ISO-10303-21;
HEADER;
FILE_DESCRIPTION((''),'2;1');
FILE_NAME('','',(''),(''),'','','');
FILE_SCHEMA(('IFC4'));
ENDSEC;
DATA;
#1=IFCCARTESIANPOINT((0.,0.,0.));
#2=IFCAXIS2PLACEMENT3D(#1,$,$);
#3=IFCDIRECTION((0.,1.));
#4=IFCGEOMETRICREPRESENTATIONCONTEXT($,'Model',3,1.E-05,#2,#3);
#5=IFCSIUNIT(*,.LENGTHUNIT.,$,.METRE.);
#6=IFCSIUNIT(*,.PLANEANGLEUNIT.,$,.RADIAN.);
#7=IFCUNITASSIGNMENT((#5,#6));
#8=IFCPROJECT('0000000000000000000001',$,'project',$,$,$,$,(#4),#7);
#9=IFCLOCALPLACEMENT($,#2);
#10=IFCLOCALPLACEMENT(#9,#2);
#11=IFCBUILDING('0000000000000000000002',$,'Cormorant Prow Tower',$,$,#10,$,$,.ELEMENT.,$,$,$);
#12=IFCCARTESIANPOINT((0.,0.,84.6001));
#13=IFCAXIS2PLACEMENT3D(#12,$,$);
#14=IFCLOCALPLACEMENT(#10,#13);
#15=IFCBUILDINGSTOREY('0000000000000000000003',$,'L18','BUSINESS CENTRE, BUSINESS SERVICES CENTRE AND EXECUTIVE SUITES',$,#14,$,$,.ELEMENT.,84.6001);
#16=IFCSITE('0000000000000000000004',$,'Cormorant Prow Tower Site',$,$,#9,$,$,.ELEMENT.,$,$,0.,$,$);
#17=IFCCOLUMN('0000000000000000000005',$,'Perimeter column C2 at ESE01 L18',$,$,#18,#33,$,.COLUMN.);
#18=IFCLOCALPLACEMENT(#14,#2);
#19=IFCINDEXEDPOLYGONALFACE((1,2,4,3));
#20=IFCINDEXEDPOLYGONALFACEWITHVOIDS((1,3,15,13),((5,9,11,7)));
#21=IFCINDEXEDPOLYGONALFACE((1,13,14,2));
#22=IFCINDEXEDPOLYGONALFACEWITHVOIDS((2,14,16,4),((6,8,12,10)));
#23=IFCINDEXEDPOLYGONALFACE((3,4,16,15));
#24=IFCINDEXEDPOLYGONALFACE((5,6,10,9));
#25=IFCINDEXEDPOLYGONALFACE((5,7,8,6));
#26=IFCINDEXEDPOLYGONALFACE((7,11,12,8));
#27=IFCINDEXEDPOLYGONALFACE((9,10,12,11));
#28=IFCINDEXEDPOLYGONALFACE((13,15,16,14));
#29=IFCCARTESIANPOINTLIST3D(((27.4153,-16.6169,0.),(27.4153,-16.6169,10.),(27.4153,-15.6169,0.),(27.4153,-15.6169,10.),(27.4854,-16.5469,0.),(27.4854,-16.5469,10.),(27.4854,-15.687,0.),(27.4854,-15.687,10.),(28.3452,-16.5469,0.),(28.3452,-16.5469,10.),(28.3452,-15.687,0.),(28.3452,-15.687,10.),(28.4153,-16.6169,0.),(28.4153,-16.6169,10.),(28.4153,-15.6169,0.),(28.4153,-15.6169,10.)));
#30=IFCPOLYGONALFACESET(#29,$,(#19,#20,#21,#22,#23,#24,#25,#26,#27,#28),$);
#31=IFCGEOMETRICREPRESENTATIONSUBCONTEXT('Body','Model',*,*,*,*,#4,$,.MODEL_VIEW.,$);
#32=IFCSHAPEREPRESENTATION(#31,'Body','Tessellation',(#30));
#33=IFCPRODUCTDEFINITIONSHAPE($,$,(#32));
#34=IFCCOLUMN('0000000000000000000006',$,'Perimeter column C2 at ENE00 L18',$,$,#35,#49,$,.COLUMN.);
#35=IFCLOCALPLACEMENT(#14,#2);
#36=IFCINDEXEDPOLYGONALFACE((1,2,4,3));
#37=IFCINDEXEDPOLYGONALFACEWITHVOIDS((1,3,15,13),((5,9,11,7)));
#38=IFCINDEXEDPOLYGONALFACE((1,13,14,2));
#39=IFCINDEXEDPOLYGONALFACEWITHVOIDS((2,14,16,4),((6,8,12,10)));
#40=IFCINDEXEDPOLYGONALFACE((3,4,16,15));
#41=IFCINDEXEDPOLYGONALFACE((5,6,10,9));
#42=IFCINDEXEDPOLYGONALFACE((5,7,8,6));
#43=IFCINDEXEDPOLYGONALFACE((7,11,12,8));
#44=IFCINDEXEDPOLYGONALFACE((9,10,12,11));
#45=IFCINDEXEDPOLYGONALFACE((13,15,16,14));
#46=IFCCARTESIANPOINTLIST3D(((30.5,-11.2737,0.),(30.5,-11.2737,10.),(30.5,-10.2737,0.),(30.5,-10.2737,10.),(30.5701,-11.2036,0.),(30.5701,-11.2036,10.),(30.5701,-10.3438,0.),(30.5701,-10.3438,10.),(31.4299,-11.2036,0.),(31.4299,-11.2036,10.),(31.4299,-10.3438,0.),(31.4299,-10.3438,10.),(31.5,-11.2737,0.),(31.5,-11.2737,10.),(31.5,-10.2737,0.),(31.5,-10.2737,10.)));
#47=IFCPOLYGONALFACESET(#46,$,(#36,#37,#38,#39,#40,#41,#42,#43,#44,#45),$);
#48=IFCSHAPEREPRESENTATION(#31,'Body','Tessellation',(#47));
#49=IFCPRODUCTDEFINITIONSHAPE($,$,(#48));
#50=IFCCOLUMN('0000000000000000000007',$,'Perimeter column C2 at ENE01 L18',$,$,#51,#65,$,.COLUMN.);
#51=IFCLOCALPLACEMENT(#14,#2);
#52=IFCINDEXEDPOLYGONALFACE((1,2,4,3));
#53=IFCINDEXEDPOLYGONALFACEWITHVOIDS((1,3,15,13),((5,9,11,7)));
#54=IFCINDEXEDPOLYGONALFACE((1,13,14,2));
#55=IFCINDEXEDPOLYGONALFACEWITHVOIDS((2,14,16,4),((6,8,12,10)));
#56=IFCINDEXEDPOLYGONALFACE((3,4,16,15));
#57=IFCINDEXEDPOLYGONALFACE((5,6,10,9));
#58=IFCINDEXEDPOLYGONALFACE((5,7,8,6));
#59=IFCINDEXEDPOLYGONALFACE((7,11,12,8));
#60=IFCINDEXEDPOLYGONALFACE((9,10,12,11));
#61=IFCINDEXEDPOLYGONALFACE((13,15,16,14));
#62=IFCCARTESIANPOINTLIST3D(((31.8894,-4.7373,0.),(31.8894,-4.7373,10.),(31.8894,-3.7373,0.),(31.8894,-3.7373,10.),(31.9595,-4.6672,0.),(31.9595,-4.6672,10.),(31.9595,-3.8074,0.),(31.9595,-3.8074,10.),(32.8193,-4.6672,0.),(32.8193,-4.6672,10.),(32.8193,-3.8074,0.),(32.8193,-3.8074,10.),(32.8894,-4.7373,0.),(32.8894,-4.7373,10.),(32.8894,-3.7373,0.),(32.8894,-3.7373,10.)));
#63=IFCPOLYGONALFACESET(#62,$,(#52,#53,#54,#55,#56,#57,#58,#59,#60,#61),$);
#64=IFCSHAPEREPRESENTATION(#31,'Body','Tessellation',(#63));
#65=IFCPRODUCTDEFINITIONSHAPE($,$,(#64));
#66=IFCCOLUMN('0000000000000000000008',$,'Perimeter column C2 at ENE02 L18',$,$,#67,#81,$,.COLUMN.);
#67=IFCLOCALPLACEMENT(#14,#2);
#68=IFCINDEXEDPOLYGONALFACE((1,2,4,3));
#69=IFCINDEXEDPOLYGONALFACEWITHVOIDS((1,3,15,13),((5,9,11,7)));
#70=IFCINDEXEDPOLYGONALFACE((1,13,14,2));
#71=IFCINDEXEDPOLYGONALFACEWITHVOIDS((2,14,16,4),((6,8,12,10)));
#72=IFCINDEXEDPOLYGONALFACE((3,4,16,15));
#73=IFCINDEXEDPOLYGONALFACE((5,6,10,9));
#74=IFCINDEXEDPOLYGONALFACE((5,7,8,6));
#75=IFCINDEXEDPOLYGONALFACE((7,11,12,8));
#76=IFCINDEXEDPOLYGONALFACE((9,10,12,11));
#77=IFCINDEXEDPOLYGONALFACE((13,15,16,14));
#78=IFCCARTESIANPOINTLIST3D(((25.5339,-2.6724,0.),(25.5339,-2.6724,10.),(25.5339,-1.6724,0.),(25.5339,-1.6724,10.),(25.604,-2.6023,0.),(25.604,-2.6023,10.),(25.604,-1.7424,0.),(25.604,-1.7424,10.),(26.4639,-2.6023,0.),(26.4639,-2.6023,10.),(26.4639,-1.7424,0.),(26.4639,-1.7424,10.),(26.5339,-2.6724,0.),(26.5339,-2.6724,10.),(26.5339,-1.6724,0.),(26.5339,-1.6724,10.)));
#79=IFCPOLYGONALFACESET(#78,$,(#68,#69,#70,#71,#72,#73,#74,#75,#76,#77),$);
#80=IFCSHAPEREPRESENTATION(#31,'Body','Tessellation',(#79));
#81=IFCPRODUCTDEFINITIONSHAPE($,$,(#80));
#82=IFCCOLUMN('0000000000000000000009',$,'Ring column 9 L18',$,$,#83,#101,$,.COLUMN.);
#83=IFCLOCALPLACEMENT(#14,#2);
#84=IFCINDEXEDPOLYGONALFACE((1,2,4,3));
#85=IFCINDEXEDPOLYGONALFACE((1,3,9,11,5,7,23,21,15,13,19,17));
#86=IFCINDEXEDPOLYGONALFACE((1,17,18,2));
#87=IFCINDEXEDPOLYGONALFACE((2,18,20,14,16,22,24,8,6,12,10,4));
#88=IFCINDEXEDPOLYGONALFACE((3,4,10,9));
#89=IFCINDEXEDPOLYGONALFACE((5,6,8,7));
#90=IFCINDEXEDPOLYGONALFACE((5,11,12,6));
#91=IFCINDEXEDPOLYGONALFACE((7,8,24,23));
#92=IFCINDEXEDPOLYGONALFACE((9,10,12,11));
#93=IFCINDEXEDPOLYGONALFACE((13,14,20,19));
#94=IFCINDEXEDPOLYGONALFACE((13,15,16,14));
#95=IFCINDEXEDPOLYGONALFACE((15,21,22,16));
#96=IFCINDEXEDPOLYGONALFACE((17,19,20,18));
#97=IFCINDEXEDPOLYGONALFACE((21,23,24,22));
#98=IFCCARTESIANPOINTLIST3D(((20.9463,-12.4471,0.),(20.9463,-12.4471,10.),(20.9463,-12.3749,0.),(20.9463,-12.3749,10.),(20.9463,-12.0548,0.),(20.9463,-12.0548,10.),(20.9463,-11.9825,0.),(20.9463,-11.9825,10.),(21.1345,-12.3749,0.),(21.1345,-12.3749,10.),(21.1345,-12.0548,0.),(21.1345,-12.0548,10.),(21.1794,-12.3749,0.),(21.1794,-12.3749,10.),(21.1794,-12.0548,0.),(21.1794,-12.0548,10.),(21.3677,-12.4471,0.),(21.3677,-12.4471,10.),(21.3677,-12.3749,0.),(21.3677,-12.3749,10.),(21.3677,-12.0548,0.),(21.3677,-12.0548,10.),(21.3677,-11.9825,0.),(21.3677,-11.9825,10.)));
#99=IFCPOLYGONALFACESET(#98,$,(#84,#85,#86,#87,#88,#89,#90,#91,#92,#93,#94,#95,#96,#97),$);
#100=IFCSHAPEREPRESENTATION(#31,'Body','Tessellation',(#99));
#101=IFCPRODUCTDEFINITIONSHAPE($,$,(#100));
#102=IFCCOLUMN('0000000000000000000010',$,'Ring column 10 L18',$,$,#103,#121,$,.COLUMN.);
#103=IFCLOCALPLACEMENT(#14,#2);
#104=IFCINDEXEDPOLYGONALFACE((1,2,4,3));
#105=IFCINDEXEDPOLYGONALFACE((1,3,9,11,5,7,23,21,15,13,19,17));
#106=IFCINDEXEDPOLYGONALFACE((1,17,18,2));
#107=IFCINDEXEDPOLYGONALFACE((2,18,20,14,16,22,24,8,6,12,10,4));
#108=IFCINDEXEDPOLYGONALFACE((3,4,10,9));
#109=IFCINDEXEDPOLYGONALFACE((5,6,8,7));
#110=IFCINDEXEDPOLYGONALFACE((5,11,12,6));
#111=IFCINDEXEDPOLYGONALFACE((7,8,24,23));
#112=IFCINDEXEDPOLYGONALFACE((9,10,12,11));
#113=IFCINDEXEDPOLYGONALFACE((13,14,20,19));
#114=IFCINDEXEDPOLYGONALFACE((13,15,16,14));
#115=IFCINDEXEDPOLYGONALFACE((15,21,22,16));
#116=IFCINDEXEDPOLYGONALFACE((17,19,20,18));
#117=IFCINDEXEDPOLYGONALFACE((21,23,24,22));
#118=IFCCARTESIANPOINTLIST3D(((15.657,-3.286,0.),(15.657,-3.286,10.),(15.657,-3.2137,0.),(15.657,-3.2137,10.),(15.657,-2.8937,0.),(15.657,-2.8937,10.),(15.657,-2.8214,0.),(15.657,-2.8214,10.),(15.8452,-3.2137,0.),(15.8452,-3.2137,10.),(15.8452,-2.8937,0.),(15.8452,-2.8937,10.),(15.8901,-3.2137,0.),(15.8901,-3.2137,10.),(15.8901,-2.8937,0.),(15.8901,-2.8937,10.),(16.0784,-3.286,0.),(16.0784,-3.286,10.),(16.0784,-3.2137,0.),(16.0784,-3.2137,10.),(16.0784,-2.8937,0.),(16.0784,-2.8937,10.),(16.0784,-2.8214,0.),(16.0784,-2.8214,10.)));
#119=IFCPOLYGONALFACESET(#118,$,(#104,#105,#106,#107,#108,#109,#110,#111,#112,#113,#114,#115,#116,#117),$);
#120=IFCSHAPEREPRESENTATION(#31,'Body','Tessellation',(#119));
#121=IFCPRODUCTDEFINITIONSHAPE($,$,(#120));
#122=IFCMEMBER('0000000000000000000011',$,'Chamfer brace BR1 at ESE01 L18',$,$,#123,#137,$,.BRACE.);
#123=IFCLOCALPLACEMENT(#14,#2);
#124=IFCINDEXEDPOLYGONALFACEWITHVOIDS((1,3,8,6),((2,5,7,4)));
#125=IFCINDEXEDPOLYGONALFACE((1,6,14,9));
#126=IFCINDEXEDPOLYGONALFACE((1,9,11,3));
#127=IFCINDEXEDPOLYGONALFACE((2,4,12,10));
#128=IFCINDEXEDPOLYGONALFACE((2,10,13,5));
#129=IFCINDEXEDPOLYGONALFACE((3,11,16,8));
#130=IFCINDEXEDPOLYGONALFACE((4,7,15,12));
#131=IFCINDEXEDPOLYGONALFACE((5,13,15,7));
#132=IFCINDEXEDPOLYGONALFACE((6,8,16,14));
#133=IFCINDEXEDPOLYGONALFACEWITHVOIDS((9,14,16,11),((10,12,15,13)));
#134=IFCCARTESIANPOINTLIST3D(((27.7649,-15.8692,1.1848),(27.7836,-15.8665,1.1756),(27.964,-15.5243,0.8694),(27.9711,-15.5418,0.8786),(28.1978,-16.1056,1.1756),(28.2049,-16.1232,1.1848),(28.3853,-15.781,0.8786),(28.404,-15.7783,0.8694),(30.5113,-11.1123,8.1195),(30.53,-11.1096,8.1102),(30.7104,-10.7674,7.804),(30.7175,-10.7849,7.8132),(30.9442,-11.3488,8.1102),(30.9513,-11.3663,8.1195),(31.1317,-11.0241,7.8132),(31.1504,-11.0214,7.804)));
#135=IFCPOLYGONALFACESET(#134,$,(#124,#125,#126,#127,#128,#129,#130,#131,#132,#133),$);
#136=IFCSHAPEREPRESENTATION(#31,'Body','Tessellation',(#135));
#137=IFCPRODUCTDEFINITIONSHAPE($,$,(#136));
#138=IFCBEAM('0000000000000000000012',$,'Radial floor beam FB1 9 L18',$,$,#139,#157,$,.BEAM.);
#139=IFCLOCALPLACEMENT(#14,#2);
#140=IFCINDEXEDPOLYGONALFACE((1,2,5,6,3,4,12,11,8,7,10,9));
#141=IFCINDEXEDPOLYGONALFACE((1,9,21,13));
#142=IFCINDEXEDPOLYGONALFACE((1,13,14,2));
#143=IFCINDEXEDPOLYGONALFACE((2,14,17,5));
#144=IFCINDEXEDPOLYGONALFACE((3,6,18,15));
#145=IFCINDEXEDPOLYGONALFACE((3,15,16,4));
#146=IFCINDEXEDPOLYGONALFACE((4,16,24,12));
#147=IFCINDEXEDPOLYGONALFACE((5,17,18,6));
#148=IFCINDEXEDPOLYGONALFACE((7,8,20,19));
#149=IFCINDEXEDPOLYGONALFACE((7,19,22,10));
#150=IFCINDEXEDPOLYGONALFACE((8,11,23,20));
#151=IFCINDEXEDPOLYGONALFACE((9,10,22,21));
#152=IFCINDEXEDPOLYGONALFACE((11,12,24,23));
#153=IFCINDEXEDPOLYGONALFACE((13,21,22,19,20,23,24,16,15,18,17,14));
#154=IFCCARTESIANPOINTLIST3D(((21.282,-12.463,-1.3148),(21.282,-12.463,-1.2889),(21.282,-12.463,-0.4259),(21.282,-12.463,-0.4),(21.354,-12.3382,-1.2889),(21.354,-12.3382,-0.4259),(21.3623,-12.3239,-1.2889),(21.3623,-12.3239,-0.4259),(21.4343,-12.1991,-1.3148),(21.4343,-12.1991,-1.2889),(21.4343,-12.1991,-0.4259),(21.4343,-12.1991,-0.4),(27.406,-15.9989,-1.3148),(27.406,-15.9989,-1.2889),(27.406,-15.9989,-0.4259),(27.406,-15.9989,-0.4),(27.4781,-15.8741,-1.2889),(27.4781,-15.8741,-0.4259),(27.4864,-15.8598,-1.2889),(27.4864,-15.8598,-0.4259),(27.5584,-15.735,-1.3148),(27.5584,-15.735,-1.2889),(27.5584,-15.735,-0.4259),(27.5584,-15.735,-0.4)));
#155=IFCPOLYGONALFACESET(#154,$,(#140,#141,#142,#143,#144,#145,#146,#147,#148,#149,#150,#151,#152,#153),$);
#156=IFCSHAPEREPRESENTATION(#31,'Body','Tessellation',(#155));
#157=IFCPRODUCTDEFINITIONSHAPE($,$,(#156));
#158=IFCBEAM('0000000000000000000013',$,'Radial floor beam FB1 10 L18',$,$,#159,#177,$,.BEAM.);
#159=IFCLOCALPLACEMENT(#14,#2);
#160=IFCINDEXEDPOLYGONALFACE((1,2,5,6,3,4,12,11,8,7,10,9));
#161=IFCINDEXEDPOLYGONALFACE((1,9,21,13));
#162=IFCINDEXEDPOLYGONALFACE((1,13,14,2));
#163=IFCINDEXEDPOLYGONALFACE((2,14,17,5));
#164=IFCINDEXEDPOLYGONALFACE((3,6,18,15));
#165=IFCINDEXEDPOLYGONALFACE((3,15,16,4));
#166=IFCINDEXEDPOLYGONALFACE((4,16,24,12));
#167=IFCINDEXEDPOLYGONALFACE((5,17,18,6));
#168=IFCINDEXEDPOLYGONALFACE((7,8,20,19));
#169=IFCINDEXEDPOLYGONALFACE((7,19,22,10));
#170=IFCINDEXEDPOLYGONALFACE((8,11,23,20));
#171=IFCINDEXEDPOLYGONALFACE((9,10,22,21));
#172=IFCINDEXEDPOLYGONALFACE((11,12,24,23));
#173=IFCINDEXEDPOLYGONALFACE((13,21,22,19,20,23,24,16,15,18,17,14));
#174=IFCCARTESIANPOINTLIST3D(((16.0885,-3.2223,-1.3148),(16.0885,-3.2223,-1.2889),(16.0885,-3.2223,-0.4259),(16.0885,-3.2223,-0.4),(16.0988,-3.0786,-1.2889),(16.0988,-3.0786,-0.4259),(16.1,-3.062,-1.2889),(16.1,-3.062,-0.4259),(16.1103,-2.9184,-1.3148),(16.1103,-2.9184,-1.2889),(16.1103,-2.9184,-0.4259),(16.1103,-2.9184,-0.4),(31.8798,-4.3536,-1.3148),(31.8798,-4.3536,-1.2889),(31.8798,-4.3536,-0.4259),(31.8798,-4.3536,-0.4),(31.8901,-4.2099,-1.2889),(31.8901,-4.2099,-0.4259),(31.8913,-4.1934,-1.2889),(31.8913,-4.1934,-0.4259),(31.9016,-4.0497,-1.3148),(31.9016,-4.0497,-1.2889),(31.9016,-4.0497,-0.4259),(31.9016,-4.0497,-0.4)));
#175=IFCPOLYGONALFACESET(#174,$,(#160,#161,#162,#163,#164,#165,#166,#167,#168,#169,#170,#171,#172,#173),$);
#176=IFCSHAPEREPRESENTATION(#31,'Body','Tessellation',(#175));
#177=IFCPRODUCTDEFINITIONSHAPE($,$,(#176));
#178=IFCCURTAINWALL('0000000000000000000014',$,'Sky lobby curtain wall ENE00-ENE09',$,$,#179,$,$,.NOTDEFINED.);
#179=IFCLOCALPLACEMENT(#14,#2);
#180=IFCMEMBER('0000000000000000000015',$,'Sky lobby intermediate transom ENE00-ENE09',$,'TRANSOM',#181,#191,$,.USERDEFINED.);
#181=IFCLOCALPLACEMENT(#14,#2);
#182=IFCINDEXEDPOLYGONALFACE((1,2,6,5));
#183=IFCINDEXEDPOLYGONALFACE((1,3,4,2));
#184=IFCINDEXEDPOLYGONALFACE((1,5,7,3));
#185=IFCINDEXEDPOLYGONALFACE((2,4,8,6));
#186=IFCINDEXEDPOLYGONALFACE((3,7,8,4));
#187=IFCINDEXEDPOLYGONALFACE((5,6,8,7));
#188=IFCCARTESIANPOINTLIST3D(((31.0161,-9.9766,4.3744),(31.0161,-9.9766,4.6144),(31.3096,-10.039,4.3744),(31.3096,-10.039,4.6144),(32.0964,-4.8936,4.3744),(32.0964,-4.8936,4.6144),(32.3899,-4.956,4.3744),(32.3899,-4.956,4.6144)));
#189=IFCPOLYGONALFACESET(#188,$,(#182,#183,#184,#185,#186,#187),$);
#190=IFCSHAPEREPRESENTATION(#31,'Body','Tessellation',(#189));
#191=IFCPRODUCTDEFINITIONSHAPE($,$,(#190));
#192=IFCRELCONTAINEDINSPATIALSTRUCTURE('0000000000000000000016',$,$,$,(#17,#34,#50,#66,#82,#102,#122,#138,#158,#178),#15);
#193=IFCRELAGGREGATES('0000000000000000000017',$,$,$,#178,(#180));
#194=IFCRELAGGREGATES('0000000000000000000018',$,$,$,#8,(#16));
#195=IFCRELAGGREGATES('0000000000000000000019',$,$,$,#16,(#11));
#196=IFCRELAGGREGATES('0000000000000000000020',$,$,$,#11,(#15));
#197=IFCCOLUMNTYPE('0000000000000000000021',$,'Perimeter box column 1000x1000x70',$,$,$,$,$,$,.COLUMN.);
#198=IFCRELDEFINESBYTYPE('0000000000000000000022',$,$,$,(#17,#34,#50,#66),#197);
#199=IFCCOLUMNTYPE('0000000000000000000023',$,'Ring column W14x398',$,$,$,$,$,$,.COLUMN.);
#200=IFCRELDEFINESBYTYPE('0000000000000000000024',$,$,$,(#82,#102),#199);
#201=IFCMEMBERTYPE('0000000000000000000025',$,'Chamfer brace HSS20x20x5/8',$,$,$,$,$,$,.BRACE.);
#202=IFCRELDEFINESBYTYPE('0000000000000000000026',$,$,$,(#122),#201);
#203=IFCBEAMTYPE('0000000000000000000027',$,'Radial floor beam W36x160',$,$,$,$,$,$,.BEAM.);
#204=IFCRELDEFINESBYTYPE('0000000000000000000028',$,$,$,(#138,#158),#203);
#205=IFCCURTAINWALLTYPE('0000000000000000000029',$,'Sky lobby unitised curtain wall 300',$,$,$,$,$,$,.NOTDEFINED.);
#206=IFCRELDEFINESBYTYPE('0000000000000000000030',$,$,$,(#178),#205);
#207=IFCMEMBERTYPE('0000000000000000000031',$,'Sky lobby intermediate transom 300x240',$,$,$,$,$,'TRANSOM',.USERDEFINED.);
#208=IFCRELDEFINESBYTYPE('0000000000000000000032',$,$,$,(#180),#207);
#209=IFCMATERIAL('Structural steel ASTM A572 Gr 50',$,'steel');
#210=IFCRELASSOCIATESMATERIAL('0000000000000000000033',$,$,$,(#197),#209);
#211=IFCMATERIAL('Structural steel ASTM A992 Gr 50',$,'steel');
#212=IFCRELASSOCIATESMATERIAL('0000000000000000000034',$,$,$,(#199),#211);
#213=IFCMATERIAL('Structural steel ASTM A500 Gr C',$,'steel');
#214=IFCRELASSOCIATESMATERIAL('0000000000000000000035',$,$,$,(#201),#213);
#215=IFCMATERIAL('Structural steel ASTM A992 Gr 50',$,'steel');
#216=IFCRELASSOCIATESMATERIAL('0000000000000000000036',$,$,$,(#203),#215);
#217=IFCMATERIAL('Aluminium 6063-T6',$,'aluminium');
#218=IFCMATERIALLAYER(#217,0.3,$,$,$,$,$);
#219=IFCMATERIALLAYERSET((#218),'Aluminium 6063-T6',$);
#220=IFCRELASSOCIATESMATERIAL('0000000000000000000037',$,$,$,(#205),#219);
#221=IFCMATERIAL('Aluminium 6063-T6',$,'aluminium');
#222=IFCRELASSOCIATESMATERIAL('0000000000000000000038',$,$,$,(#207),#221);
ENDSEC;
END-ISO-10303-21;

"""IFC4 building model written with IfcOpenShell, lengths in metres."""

from ifc_helpers import new_model, si_unit, direction, frame, origin, origin_2d, place, context, subcontext, project, spatial, rectangle, hollow_rectangle, i_section, extrude, material, layer, layer_set, material_profile, profile_set, type_object, element, aggregate, save


model = new_model("IFC4")

# Units and contexts
model_context = context("Model", 3, precision=1e-05, world=origin(), true_north=direction((0.0, 1.0)))
body_context = subcontext(model_context, "Body", "Model", "MODEL_VIEW")
ifc_project = project(units=[si_unit("LENGTHUNIT", "METRE"), si_unit("PLANEANGLEUNIT", "RADIAN")], contexts=[model_context])

# Site, building, storey
site_placement = place(None, origin())
site = spatial("IfcSite", under=ifc_project, at=site_placement, Name="Cormorant Prow Tower Site", CompositionType="ELEMENT", RefElevation=0.0)
building_placement = place(site_placement, origin())
building = spatial("IfcBuilding", under=site, at=building_placement, Name="Cormorant Prow Tower", CompositionType="ELEMENT")
storey_placement = place(building_placement, frame((0.0, 0.0, 84.6001)))
storey = spatial("IfcBuildingStorey", under=building, at=storey_placement, Name="L18", Description="BUSINESS CENTRE, BUSINESS SERVICES CENTRE AND EXECUTIVE SUITES", CompositionType="ELEMENT", Elevation=84.6001)

# Columns
ifc_material_1 = material(Name="Structural steel ASTM A572 Gr 50", Category="steel")
ifc_material_profile_1 = material_profile(ifc_material_1, hollow_rectangle(XDim=1.0, YDim=1.0, WallThickness=0.0701, at=origin_2d()), Name="Box 1000x1000x70")
ifc_profile_set_1 = profile_set([ifc_material_profile_1], Name="Structural steel ASTM A572 Gr 50")
column_type_1 = type_object("IfcColumnType", Name="Perimeter box column 1000x1000x70", PredefinedType="COLUMN", material=ifc_profile_set_1)
for number, where, z_axis, x_axis, name in (
    (1, (27.9153, -16.1169, 0.0), (0.0, 0.0, 1.0), (1.0, 0.0, 0.0), "Perimeter column C2 at ESE01 L18"),
    (2, (31.0, -10.7737, 0.0), (0.0, 0.0, 1.0), (1.0, 0.0, 0.0), "Perimeter column C2 at ENE00 L18"),
    (3, (32.3894, -4.2373, 0.0), (0.0, 0.0, 1.0), (1.0, 0.0, 0.0), "Perimeter column C2 at ENE01 L18"),
    (4, (26.0339, -2.1724, 0.0), (0.0, 0.0, 1.0), (1.0, 0.0, 0.0), "Perimeter column C2 at ENE02 L18"),
):
    element("IfcColumn", number, at=place(storey_placement, frame(where, z_axis=z_axis, x_axis=x_axis)), inside=storey, type_object=column_type_1, Name=name, PredefinedType="COLUMN", context=body_context, shape_type="SweptSolid", body=[
        extrude(hollow_rectangle(XDim=1.0, YDim=1.0, WallThickness=0.0701, at=origin_2d()), origin(), (0.0, 0.0, 1.0), 10.0),
    ])
ifc_material_2 = material(Name="Structural steel ASTM A992 Gr 50", Category="steel")
ifc_material_profile_2 = material_profile(ifc_material_2, i_section(OverallWidth=0.4214, OverallDepth=0.4646, WebThickness=0.0449, FlangeThickness=0.0723, at=origin_2d()), Name="W14x398")
ifc_profile_set_2 = profile_set([ifc_material_profile_2], Name="Structural steel ASTM A992 Gr 50")
column_type_2 = type_object("IfcColumnType", Name="Ring column W14x398", PredefinedType="COLUMN", material=ifc_profile_set_2)
for number, where, z_axis, x_axis, name in (
    (5, (21.157, -12.2148, 0.0), (0.0, 0.0, 1.0), (1.0, 0.0, 0.0), "Ring column 9 L18"),
    (6, (15.8677, -3.0537, 0.0), (0.0, 0.0, 1.0), (1.0, 0.0, 0.0), "Ring column 10 L18"),
):
    element("IfcColumn", number, at=place(storey_placement, frame(where, z_axis=z_axis, x_axis=x_axis)), inside=storey, type_object=column_type_2, Name=name, PredefinedType="COLUMN", context=body_context, shape_type="SweptSolid", body=[
        extrude(i_section(OverallWidth=0.4214, OverallDepth=0.4646, WebThickness=0.0449, FlangeThickness=0.0723, at=origin_2d()), origin(), (0.0, 0.0, 1.0), 10.0),
    ])

# Member
ifc_material_3 = material(Name="Structural steel ASTM A500 Gr C", Category="steel")
ifc_material_profile_3 = material_profile(ifc_material_3, hollow_rectangle(XDim=0.5081, YDim=0.5081, WallThickness=0.0149, at=origin_2d()), Name="HSS20x20x5/8")
ifc_profile_set_3 = profile_set([ifc_material_profile_3], Name="Structural steel ASTM A500 Gr C")
member_type_1 = type_object("IfcMemberType", Name="Chamfer brace HSS20x20x5/8", PredefinedType="BRACE", material=ifc_profile_set_3)
member_1_placement = place(storey_placement, frame((28.0845, -15.8237, 1.0271), z_axis=(0.310448, 0.537717, 0.783889), x_axis=(-0.866027, 0.499997, 0.0)))
element("IfcMember", 7, at=member_1_placement, inside=storey, type_object=member_type_1, Name="Chamfer brace BR1 at ESE01 L18", PredefinedType="BRACE", context=body_context, shape_type="SweptSolid", body=[
    extrude(hollow_rectangle(XDim=0.5081, YDim=0.5081, WallThickness=0.0149, at=origin_2d()), origin(), (0.0, 0.0, 1.0), 8.8464),
])

# Beams
ifc_material_4 = material(Name="Structural steel ASTM A992 Gr 50", Category="steel")
ifc_material_profile_4 = material_profile(ifc_material_4, i_section(OverallWidth=0.3047, OverallDepth=0.9148, WebThickness=0.0166, FlangeThickness=0.0259, at=origin_2d()), Name="W36x160")
ifc_profile_set_4 = profile_set([ifc_material_profile_4], Name="Structural steel ASTM A992 Gr 50")
beam_type_1 = type_object("IfcBeamType", Name="Radial floor beam W36x160", PredefinedType="BEAM", material=ifc_profile_set_4)
beam_1_placement = place(storey_placement, frame((21.3582, -12.3311, -0.8574), z_axis=(0.866014, -0.500019, 0.0), x_axis=(0.500019, 0.866014, 0.0)))
element("IfcBeam", 8, at=beam_1_placement, inside=storey, type_object=beam_type_1, Name="Radial floor beam FB1 9 L18", PredefinedType="BEAM", context=body_context, shape_type="SweptSolid", body=[
    extrude(i_section(OverallWidth=0.3047, OverallDepth=0.9148, WebThickness=0.0166, FlangeThickness=0.0259, at=origin_2d()), origin(), (0.0, 0.0, 1.0), 7.0715),
])
beam_2_placement = place(storey_placement, frame((16.0994, -3.0703, -0.8574), z_axis=(0.997443, -0.071461, 0.0), x_axis=(0.071461, 0.997443, 0.0)))
element("IfcBeam", 9, at=beam_2_placement, inside=storey, type_object=beam_type_1, Name="Radial floor beam FB1 10 L18", PredefinedType="BEAM", context=body_context, shape_type="SweptSolid", body=[
    extrude(i_section(OverallWidth=0.3047, OverallDepth=0.9148, WebThickness=0.0166, FlangeThickness=0.0259, at=origin_2d()), origin(), (0.0, 0.0, 1.0), 15.8318),
])

# Curtain wall, member
ifc_material_5 = material(Name="Aluminium 6063-T6", Category="aluminium")
ifc_layer_1 = layer(ifc_material_5, 0.3)
ifc_layer_set_1 = layer_set([ifc_layer_1], Name="Aluminium 6063-T6")
curtain_wall_type = type_object("IfcCurtainWallType", Name="Sky lobby unitised curtain wall 300", PredefinedType="NOTDEFINED", material=ifc_layer_set_1)
curtain_wall_placement = place(storey_placement, origin())
curtain_wall = element("IfcCurtainWall", 10, at=curtain_wall_placement, inside=storey, type_object=curtain_wall_type, Name="Sky lobby curtain wall ENE00-ENE09", PredefinedType="NOTDEFINED")
ifc_material_6 = material(Name="Aluminium 6063-T6", Category="aluminium")
ifc_material_profile_5 = material_profile(ifc_material_6, rectangle(XDim=0.3, YDim=0.24, at=origin_2d()), Name="Sky lobby intermediate transom 300x240")
ifc_profile_set_5 = profile_set([ifc_material_profile_5], Name="Aluminium 6063-T6")
member_type_2 = type_object("IfcMemberType", Name="Sky lobby intermediate transom 300x240", ElementType="TRANSOM", PredefinedType="USERDEFINED", material=ifc_profile_set_5)
member_2_placement = place(storey_placement, frame((31.1628, -10.0078, 4.4944), z_axis=(0.207892, 0.978152, 0.0), x_axis=(-0.978152, 0.207892, 0.0)))
member_2 = element("IfcMember", 11, at=member_2_placement, type_object=member_type_2, Name="Sky lobby intermediate transom ENE00-ENE09", ObjectType="TRANSOM", PredefinedType="USERDEFINED", context=body_context, shape_type="SweptSolid", body=[
    extrude(rectangle(XDim=0.3, YDim=0.24, at=origin_2d()), origin(), (0.0, 0.0, 1.0), 5.1965),
])

aggregate(curtain_wall, [member_2])

save(model, "model.ifc")
